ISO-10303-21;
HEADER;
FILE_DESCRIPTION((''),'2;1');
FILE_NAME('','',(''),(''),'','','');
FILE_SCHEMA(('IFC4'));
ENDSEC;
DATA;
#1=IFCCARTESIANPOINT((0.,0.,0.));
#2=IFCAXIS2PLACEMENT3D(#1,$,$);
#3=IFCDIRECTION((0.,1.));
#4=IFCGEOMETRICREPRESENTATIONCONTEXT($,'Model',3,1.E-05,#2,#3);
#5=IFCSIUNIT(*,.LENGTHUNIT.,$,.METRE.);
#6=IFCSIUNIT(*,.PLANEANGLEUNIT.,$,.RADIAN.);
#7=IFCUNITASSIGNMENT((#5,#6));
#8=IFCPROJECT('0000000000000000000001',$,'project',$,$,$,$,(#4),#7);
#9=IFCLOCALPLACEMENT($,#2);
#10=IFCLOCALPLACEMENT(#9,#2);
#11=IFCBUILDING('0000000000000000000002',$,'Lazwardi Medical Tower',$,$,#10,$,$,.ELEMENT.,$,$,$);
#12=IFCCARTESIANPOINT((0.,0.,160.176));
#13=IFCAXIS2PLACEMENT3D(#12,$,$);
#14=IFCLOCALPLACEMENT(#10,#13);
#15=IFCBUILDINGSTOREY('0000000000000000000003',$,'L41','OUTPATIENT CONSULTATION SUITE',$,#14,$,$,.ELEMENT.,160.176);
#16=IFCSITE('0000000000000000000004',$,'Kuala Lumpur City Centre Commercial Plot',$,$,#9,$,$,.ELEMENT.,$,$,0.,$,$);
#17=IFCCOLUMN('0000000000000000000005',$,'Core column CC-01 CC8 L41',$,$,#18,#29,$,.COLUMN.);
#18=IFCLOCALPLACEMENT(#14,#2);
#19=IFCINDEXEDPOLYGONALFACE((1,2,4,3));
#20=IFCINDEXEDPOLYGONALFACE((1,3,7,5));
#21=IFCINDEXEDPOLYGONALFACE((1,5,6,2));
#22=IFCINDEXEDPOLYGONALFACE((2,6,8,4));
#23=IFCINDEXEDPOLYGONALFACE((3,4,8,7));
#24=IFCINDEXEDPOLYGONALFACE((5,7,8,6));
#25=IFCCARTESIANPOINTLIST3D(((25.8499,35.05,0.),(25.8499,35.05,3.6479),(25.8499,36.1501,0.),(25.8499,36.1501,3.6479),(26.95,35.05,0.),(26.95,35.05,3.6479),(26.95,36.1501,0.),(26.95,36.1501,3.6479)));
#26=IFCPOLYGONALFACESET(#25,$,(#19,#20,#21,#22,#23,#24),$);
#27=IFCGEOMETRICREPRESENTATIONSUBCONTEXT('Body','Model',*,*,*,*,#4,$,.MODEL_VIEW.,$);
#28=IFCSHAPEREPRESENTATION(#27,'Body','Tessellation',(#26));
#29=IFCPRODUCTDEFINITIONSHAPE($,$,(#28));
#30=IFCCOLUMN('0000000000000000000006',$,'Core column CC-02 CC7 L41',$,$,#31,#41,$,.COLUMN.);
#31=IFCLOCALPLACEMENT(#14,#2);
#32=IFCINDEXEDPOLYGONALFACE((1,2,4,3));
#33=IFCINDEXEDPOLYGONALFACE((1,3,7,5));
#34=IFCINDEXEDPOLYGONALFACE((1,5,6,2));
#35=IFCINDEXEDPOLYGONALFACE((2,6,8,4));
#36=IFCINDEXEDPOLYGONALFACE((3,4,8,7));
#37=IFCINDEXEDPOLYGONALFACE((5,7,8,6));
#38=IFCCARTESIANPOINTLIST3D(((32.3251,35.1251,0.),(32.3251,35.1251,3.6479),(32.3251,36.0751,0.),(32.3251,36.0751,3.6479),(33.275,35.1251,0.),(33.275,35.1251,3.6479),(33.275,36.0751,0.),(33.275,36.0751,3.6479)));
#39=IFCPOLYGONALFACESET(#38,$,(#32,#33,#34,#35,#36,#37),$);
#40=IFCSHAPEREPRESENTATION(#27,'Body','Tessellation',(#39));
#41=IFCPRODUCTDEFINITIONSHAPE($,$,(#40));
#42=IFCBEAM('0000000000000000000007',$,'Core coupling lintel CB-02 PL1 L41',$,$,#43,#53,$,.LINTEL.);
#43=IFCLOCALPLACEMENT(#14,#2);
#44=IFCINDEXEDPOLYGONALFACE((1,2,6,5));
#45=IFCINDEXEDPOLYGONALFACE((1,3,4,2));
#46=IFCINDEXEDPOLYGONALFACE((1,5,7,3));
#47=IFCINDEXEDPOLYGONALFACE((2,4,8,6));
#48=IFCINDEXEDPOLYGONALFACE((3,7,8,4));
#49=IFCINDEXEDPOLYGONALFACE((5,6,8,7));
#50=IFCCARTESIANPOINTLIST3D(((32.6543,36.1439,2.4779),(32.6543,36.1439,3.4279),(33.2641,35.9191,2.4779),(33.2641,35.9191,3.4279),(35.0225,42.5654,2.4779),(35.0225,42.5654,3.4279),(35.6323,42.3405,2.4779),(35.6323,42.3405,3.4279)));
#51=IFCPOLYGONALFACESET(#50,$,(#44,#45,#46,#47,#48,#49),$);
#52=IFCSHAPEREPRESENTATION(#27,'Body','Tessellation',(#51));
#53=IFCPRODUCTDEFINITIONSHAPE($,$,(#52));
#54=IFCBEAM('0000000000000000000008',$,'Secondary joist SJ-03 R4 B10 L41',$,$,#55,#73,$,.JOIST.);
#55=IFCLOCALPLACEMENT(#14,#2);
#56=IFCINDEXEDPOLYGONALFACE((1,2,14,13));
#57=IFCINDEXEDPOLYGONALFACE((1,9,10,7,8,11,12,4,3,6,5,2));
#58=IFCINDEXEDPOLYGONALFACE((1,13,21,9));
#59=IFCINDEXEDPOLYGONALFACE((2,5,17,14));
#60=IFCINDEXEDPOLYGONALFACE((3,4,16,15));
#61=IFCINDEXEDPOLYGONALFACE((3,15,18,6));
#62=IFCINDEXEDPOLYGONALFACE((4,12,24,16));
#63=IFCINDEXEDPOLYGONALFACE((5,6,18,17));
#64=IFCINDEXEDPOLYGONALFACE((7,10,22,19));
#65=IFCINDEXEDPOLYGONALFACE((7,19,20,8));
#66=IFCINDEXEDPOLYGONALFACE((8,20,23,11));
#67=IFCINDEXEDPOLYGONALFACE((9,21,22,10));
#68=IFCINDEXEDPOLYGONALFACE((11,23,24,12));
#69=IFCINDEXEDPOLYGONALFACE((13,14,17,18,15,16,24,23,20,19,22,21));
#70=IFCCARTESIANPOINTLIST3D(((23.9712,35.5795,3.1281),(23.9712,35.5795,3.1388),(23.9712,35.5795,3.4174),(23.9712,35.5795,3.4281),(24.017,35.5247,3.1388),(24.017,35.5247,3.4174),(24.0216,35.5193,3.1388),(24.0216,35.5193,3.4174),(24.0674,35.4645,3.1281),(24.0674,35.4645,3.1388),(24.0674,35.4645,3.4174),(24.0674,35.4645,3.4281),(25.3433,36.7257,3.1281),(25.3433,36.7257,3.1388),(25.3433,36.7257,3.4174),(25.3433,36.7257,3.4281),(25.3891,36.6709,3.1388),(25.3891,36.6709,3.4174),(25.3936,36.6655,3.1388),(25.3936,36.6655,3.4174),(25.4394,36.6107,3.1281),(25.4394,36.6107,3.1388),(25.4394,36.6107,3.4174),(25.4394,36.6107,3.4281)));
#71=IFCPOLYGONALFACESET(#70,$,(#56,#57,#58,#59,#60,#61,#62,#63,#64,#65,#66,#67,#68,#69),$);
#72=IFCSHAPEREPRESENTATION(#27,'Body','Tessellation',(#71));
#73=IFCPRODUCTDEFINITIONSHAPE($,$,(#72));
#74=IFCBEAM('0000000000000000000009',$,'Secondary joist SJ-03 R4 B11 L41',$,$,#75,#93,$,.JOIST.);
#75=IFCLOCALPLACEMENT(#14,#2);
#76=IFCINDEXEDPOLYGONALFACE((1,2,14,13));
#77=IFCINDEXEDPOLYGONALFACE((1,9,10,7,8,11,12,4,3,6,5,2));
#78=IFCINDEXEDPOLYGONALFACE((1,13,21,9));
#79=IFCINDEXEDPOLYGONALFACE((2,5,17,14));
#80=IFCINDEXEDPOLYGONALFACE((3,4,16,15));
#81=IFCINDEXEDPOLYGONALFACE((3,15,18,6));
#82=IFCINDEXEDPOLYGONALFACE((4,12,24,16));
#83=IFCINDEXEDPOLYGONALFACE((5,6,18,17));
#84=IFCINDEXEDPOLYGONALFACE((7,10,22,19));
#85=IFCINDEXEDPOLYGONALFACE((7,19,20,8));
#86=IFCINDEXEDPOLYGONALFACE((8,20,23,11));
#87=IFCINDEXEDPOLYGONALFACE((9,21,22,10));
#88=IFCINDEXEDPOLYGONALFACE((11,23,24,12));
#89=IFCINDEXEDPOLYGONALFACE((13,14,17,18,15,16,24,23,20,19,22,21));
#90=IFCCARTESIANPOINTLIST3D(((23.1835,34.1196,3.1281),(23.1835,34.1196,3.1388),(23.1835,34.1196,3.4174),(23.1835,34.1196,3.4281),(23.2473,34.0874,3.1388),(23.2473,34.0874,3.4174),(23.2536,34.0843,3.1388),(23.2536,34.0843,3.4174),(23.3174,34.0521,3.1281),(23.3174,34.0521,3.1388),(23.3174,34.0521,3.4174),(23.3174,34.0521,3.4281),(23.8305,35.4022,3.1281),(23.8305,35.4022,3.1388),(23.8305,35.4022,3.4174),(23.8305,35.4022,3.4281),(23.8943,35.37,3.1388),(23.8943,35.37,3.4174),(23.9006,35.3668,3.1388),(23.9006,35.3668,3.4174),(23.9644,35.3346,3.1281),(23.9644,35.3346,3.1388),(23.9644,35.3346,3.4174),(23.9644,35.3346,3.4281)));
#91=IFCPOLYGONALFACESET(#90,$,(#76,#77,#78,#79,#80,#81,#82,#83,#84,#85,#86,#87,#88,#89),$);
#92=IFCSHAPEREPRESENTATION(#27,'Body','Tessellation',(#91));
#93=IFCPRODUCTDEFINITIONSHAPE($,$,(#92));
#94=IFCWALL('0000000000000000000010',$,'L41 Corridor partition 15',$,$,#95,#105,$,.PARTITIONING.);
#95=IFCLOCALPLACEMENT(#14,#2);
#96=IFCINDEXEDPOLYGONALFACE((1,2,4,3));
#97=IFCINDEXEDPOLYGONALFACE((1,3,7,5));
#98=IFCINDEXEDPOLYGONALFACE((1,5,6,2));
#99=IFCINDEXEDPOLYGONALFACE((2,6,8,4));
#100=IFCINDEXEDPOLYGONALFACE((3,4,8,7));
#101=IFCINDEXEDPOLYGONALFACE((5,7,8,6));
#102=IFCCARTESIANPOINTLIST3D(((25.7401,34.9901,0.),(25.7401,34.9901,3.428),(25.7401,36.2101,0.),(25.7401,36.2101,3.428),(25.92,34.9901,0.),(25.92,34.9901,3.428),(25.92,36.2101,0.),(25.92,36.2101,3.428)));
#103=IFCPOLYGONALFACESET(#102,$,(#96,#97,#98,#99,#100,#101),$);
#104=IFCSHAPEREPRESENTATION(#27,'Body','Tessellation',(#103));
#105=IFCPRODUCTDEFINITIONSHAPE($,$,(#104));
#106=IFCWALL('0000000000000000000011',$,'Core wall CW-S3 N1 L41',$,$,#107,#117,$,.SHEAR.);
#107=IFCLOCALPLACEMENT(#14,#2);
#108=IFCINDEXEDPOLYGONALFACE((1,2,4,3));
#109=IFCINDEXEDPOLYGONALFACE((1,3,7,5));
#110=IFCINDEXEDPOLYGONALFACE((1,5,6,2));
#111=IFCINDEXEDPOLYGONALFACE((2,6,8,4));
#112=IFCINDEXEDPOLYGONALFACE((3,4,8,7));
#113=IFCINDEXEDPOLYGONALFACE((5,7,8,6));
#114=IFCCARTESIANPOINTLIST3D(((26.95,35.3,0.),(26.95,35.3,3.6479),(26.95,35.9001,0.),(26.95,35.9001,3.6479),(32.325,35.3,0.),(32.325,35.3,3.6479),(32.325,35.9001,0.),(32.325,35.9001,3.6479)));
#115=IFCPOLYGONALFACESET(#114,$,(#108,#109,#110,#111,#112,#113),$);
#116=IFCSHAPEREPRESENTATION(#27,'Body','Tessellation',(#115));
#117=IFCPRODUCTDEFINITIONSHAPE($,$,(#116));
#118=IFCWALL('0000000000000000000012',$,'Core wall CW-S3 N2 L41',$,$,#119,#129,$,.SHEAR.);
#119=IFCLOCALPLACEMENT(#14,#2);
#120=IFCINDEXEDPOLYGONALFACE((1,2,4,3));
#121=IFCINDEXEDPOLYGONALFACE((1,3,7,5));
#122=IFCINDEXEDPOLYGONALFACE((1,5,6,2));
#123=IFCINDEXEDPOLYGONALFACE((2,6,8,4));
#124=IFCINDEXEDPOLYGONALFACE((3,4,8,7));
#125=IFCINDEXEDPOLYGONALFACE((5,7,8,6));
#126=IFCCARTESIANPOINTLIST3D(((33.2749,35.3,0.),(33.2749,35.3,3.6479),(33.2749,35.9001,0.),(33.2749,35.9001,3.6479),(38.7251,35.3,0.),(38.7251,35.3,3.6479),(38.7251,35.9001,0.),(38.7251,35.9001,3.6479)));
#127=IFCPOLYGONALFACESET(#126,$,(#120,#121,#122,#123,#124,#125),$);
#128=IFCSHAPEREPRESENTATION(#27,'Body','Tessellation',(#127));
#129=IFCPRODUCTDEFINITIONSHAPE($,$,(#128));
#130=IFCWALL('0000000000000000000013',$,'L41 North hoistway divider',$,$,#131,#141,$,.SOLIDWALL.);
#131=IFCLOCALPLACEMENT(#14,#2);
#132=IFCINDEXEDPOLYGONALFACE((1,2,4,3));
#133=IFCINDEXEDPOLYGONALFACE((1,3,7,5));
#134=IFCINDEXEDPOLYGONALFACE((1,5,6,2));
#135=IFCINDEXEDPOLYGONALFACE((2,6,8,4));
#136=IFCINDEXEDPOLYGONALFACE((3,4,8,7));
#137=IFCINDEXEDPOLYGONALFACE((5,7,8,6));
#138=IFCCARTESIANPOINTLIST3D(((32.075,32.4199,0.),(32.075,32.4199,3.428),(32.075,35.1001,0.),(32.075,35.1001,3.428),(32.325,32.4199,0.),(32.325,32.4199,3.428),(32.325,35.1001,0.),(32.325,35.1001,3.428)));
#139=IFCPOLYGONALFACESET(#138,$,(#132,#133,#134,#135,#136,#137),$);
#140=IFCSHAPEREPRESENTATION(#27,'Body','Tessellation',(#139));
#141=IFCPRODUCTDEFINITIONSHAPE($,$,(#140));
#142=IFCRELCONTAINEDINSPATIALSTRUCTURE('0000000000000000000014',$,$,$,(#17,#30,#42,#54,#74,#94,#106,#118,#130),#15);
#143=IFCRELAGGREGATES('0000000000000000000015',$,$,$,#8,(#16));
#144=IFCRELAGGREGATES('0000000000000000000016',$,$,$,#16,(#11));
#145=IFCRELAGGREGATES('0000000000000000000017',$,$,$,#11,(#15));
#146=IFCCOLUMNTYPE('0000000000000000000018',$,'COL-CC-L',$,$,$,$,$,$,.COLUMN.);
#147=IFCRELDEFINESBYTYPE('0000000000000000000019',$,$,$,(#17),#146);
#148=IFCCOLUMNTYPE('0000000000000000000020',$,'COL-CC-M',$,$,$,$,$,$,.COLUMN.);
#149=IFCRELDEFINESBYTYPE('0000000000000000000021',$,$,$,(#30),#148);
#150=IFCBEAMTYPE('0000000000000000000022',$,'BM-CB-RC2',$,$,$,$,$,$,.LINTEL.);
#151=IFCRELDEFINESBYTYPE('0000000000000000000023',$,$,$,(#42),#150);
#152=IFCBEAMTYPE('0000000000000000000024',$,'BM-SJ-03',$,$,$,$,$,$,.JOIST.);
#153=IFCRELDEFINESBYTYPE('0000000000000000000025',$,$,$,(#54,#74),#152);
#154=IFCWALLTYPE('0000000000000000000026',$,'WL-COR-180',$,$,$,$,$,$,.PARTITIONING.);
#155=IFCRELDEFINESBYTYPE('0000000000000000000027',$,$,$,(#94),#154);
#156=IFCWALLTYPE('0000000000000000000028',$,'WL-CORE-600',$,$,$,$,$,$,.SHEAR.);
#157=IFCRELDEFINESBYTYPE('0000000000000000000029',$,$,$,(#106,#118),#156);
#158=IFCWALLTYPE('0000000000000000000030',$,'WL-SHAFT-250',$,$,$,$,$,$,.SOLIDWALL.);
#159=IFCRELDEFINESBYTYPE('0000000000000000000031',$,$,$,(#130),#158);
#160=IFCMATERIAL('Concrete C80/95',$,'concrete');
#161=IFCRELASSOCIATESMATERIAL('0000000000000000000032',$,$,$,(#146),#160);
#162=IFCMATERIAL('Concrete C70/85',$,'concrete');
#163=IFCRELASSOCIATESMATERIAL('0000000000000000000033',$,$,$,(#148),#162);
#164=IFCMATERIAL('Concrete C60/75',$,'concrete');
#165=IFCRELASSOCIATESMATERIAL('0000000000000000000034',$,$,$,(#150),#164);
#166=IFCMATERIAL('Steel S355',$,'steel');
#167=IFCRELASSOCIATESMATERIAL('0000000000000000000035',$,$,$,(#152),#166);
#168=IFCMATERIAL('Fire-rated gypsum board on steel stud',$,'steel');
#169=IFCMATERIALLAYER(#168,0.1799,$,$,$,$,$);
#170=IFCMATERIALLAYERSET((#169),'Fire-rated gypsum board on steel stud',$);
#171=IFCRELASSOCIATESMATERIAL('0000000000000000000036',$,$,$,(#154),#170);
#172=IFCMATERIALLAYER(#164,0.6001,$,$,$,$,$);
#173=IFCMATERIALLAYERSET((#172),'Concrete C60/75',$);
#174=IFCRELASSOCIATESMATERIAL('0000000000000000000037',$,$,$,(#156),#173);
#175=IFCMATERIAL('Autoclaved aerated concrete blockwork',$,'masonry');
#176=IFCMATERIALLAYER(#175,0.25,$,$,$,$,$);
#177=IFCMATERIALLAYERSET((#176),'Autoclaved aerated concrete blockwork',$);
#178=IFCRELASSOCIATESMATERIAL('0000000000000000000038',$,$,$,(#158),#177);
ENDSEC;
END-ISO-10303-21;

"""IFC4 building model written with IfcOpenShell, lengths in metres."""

from ifc_helpers import new_model, si_unit, direction, frame, frame_2d, origin, origin_2d, place, context, subcontext, project, spatial, rectangle, i_section, extrude, material, layer, layer_set, material_profile, profile_set, type_object, element, save


model = new_model("IFC4")

# Units and contexts
model_context = context("Model", 3, precision=1e-05, world=origin(), true_north=direction((0.0, 1.0)))
body_context = subcontext(model_context, "Body", "Model", "MODEL_VIEW")
ifc_project = project(units=[si_unit("LENGTHUNIT", "METRE"), si_unit("PLANEANGLEUNIT", "RADIAN")], contexts=[model_context])

# Site, building, storey
site_placement = place(None, origin())
site = spatial("IfcSite", under=ifc_project, at=site_placement, Name="Kuala Lumpur City Centre Commercial Plot", CompositionType="ELEMENT", RefElevation=0.0)
building_placement = place(site_placement, origin())
building = spatial("IfcBuilding", under=site, at=building_placement, Name="Lazwardi Medical Tower", CompositionType="ELEMENT")
storey_placement = place(building_placement, frame((0.0, 0.0, 160.176)))
storey = spatial("IfcBuildingStorey", under=building, at=storey_placement, Name="L41", Description="OUTPATIENT CONSULTATION SUITE", CompositionType="ELEMENT", Elevation=160.176)

# Columns
ifc_material_1 = material(Name="Concrete C80/95", Category="concrete")
ifc_material_profile_1 = material_profile(ifc_material_1, rectangle(XDim=1.1001, YDim=1.1001, at=origin_2d()), Name="RC 1100x1100")
ifc_profile_set_1 = profile_set([ifc_material_profile_1], Name="Concrete C80/95")
column_type_1 = type_object("IfcColumnType", Name="COL-CC-L", PredefinedType="COLUMN", material=ifc_profile_set_1)
column_1_placement = place(storey_placement, frame((26.3999, 35.6001, 0.0), z_axis=(0.0, 0.0, 1.0), x_axis=(1.0, 0.0, 0.0)))
element("IfcColumn", 1, at=column_1_placement, inside=storey, type_object=column_type_1, Name="Core column CC-01 CC8 L41", PredefinedType="COLUMN", context=body_context, shape_type="SweptSolid", body=[
    extrude(rectangle(XDim=1.1001, YDim=1.1001, at=origin_2d()), origin(), (0.0, 0.0, 1.0), 3.6479),
])
ifc_material_2 = material(Name="Concrete C70/85", Category="concrete")
ifc_material_profile_2 = material_profile(ifc_material_2, rectangle(XDim=0.95, YDim=0.95, at=origin_2d()), Name="RC 950x950")
ifc_profile_set_2 = profile_set([ifc_material_profile_2], Name="Concrete C70/85")
column_type_2 = type_object("IfcColumnType", Name="COL-CC-M", PredefinedType="COLUMN", material=ifc_profile_set_2)
column_2_placement = place(storey_placement, frame((32.8, 35.6001, 0.0), z_axis=(0.0, 0.0, 1.0), x_axis=(1.0, 0.0, 0.0)))
element("IfcColumn", 2, at=column_2_placement, inside=storey, type_object=column_type_2, Name="Core column CC-02 CC7 L41", PredefinedType="COLUMN", context=body_context, shape_type="SweptSolid", body=[
    extrude(rectangle(XDim=0.95, YDim=0.95, at=origin_2d()), origin(), (0.0, 0.0, 1.0), 3.6479),
])

# Beams
ifc_material_3 = material(Name="Concrete C60/75", Category="concrete")
ifc_material_profile_3 = material_profile(ifc_material_3, rectangle(XDim=0.6499, YDim=0.95, at=origin_2d()), Name="RC 650x950")
ifc_profile_set_3 = profile_set([ifc_material_profile_3], Name="Concrete C60/75")
beam_type_1 = type_object("IfcBeamType", Name="BM-CB-RC2", PredefinedType="LINTEL", material=ifc_profile_set_3)
beam_1_placement = place(storey_placement, frame((32.9592, 36.0315, 2.9529), z_axis=(0.346013, 0.93823, 0.0), x_axis=(-0.93823, 0.346013, 0.0)))
element("IfcBeam", 3, at=beam_1_placement, inside=storey, type_object=beam_type_1, Name="Core coupling lintel CB-02 PL1 L41", PredefinedType="LINTEL", context=body_context, shape_type="SweptSolid", body=[
    extrude(rectangle(XDim=0.6499, YDim=0.95, at=origin_2d()), origin(), (0.0, 0.0, 1.0), 6.8442),
])
ifc_material_4 = material(Name="Steel S355", Category="steel")
ifc_material_profile_4 = material_profile(ifc_material_4, i_section(OverallWidth=0.1499, OverallDepth=0.3, WebThickness=0.0071, FlangeThickness=0.0107, at=origin_2d()), Name="IPE 300")
ifc_profile_set_4 = profile_set([ifc_material_profile_4], Name="Steel S355")
beam_type_2 = type_object("IfcBeamType", Name="BM-SJ-03", PredefinedType="JOIST", material=ifc_profile_set_4)
beam_2_placement = place(storey_placement, frame((25.3914, 36.6682, 3.2781), z_axis=(-0.767437, -0.641124, 0.0), x_axis=(0.641124, -0.767437, 0.0)))
element("IfcBeam", 4, at=beam_2_placement, inside=storey, type_object=beam_type_2, Name="Secondary joist SJ-03 R4 B10 L41", PredefinedType="JOIST", context=body_context, shape_type="SweptSolid", body=[
    extrude(i_section(OverallWidth=0.1499, OverallDepth=0.3, WebThickness=0.0071, FlangeThickness=0.0107, at=origin_2d()), origin(), (0.0, 0.0, 1.0), 1.7878),
])
beam_3_placement = place(storey_placement, frame((23.8975, 35.3684, 3.2781), z_axis=(-0.450406, -0.892824, 0.0), x_axis=(0.892824, -0.450406, 0.0)))
element("IfcBeam", 5, at=beam_3_placement, inside=storey, type_object=beam_type_2, Name="Secondary joist SJ-03 R4 B11 L41", PredefinedType="JOIST", context=body_context, shape_type="SweptSolid", body=[
    extrude(i_section(OverallWidth=0.1499, OverallDepth=0.3, WebThickness=0.0071, FlangeThickness=0.0107, at=origin_2d()), origin(), (0.0, 0.0, 1.0), 1.4365),
])

# Walls
ifc_material_5 = material(Name="Fire-rated gypsum board on steel stud", Category="steel")
ifc_layer_1 = layer(ifc_material_5, 0.1799)
ifc_layer_set_1 = layer_set([ifc_layer_1], Name="Fire-rated gypsum board on steel stud")
wall_type_1 = type_object("IfcWallType", Name="WL-COR-180", PredefinedType="PARTITIONING", material=ifc_layer_set_1)
wall_1_placement = place(storey_placement, frame((25.8301, 36.21, 0.0), z_axis=(0.0, 0.0, 1.0), x_axis=(0.0, -1.0, 0.0)))
element("IfcWall", 6, at=wall_1_placement, inside=storey, type_object=wall_type_1, Name="L41 Corridor partition 15", PredefinedType="PARTITIONING", context=body_context, shape_type="SweptSolid", body=[
    extrude(rectangle(XDim=1.22, YDim=0.1799, at=frame_2d((0.6099, 0.0))), origin(), (0.0, 0.0, 1.0), 3.428),
])
ifc_layer_2 = layer(ifc_material_3, 0.6001)
ifc_layer_set_2 = layer_set([ifc_layer_2], Name="Concrete C60/75")
wall_type_2 = type_object("IfcWallType", Name="WL-CORE-600", PredefinedType="SHEAR", material=ifc_layer_set_2)
wall_2_placement = place(storey_placement, frame((26.95, 35.6001, 0.0), z_axis=(0.0, 0.0, 1.0), x_axis=(1.0, 0.0, 0.0)))
element("IfcWall", 7, at=wall_2_placement, inside=storey, type_object=wall_type_2, Name="Core wall CW-S3 N1 L41", PredefinedType="SHEAR", context=body_context, shape_type="SweptSolid", body=[
    extrude(rectangle(XDim=5.375, YDim=0.6001, at=frame_2d((2.6875, 0.0))), origin(), (0.0, 0.0, 1.0), 3.6479),
])
wall_3_placement = place(storey_placement, frame((33.2749, 35.6001, 0.0), z_axis=(0.0, 0.0, 1.0), x_axis=(1.0, 0.0, 0.0)))
element("IfcWall", 8, at=wall_3_placement, inside=storey, type_object=wall_type_2, Name="Core wall CW-S3 N2 L41", PredefinedType="SHEAR", context=body_context, shape_type="SweptSolid", body=[
    extrude(rectangle(XDim=5.4502, YDim=0.6001, at=frame_2d((2.7251, 0.0))), origin(), (0.0, 0.0, 1.0), 3.6479),
])
ifc_material_6 = material(Name="Autoclaved aerated concrete blockwork", Category="masonry")
ifc_layer_3 = layer(ifc_material_6, 0.25)
ifc_layer_set_3 = layer_set([ifc_layer_3], Name="Autoclaved aerated concrete blockwork")
wall_type_3 = type_object("IfcWallType", Name="WL-SHAFT-250", PredefinedType="SOLIDWALL", material=ifc_layer_set_3)
wall_4_placement = place(storey_placement, frame((32.2, 32.4199, 0.0), z_axis=(0.0, 0.0, 1.0), x_axis=(0.0, 1.0, 0.0)))
element("IfcWall", 9, at=wall_4_placement, inside=storey, type_object=wall_type_3, Name="L41 North hoistway divider", PredefinedType="SOLIDWALL", context=body_context, shape_type="SweptSolid", body=[
    extrude(rectangle(XDim=2.6802, YDim=0.25, at=frame_2d((1.3401, 0.0))), origin(), (0.0, 0.0, 1.0), 3.428),
])

save(model, "model.ifc")
